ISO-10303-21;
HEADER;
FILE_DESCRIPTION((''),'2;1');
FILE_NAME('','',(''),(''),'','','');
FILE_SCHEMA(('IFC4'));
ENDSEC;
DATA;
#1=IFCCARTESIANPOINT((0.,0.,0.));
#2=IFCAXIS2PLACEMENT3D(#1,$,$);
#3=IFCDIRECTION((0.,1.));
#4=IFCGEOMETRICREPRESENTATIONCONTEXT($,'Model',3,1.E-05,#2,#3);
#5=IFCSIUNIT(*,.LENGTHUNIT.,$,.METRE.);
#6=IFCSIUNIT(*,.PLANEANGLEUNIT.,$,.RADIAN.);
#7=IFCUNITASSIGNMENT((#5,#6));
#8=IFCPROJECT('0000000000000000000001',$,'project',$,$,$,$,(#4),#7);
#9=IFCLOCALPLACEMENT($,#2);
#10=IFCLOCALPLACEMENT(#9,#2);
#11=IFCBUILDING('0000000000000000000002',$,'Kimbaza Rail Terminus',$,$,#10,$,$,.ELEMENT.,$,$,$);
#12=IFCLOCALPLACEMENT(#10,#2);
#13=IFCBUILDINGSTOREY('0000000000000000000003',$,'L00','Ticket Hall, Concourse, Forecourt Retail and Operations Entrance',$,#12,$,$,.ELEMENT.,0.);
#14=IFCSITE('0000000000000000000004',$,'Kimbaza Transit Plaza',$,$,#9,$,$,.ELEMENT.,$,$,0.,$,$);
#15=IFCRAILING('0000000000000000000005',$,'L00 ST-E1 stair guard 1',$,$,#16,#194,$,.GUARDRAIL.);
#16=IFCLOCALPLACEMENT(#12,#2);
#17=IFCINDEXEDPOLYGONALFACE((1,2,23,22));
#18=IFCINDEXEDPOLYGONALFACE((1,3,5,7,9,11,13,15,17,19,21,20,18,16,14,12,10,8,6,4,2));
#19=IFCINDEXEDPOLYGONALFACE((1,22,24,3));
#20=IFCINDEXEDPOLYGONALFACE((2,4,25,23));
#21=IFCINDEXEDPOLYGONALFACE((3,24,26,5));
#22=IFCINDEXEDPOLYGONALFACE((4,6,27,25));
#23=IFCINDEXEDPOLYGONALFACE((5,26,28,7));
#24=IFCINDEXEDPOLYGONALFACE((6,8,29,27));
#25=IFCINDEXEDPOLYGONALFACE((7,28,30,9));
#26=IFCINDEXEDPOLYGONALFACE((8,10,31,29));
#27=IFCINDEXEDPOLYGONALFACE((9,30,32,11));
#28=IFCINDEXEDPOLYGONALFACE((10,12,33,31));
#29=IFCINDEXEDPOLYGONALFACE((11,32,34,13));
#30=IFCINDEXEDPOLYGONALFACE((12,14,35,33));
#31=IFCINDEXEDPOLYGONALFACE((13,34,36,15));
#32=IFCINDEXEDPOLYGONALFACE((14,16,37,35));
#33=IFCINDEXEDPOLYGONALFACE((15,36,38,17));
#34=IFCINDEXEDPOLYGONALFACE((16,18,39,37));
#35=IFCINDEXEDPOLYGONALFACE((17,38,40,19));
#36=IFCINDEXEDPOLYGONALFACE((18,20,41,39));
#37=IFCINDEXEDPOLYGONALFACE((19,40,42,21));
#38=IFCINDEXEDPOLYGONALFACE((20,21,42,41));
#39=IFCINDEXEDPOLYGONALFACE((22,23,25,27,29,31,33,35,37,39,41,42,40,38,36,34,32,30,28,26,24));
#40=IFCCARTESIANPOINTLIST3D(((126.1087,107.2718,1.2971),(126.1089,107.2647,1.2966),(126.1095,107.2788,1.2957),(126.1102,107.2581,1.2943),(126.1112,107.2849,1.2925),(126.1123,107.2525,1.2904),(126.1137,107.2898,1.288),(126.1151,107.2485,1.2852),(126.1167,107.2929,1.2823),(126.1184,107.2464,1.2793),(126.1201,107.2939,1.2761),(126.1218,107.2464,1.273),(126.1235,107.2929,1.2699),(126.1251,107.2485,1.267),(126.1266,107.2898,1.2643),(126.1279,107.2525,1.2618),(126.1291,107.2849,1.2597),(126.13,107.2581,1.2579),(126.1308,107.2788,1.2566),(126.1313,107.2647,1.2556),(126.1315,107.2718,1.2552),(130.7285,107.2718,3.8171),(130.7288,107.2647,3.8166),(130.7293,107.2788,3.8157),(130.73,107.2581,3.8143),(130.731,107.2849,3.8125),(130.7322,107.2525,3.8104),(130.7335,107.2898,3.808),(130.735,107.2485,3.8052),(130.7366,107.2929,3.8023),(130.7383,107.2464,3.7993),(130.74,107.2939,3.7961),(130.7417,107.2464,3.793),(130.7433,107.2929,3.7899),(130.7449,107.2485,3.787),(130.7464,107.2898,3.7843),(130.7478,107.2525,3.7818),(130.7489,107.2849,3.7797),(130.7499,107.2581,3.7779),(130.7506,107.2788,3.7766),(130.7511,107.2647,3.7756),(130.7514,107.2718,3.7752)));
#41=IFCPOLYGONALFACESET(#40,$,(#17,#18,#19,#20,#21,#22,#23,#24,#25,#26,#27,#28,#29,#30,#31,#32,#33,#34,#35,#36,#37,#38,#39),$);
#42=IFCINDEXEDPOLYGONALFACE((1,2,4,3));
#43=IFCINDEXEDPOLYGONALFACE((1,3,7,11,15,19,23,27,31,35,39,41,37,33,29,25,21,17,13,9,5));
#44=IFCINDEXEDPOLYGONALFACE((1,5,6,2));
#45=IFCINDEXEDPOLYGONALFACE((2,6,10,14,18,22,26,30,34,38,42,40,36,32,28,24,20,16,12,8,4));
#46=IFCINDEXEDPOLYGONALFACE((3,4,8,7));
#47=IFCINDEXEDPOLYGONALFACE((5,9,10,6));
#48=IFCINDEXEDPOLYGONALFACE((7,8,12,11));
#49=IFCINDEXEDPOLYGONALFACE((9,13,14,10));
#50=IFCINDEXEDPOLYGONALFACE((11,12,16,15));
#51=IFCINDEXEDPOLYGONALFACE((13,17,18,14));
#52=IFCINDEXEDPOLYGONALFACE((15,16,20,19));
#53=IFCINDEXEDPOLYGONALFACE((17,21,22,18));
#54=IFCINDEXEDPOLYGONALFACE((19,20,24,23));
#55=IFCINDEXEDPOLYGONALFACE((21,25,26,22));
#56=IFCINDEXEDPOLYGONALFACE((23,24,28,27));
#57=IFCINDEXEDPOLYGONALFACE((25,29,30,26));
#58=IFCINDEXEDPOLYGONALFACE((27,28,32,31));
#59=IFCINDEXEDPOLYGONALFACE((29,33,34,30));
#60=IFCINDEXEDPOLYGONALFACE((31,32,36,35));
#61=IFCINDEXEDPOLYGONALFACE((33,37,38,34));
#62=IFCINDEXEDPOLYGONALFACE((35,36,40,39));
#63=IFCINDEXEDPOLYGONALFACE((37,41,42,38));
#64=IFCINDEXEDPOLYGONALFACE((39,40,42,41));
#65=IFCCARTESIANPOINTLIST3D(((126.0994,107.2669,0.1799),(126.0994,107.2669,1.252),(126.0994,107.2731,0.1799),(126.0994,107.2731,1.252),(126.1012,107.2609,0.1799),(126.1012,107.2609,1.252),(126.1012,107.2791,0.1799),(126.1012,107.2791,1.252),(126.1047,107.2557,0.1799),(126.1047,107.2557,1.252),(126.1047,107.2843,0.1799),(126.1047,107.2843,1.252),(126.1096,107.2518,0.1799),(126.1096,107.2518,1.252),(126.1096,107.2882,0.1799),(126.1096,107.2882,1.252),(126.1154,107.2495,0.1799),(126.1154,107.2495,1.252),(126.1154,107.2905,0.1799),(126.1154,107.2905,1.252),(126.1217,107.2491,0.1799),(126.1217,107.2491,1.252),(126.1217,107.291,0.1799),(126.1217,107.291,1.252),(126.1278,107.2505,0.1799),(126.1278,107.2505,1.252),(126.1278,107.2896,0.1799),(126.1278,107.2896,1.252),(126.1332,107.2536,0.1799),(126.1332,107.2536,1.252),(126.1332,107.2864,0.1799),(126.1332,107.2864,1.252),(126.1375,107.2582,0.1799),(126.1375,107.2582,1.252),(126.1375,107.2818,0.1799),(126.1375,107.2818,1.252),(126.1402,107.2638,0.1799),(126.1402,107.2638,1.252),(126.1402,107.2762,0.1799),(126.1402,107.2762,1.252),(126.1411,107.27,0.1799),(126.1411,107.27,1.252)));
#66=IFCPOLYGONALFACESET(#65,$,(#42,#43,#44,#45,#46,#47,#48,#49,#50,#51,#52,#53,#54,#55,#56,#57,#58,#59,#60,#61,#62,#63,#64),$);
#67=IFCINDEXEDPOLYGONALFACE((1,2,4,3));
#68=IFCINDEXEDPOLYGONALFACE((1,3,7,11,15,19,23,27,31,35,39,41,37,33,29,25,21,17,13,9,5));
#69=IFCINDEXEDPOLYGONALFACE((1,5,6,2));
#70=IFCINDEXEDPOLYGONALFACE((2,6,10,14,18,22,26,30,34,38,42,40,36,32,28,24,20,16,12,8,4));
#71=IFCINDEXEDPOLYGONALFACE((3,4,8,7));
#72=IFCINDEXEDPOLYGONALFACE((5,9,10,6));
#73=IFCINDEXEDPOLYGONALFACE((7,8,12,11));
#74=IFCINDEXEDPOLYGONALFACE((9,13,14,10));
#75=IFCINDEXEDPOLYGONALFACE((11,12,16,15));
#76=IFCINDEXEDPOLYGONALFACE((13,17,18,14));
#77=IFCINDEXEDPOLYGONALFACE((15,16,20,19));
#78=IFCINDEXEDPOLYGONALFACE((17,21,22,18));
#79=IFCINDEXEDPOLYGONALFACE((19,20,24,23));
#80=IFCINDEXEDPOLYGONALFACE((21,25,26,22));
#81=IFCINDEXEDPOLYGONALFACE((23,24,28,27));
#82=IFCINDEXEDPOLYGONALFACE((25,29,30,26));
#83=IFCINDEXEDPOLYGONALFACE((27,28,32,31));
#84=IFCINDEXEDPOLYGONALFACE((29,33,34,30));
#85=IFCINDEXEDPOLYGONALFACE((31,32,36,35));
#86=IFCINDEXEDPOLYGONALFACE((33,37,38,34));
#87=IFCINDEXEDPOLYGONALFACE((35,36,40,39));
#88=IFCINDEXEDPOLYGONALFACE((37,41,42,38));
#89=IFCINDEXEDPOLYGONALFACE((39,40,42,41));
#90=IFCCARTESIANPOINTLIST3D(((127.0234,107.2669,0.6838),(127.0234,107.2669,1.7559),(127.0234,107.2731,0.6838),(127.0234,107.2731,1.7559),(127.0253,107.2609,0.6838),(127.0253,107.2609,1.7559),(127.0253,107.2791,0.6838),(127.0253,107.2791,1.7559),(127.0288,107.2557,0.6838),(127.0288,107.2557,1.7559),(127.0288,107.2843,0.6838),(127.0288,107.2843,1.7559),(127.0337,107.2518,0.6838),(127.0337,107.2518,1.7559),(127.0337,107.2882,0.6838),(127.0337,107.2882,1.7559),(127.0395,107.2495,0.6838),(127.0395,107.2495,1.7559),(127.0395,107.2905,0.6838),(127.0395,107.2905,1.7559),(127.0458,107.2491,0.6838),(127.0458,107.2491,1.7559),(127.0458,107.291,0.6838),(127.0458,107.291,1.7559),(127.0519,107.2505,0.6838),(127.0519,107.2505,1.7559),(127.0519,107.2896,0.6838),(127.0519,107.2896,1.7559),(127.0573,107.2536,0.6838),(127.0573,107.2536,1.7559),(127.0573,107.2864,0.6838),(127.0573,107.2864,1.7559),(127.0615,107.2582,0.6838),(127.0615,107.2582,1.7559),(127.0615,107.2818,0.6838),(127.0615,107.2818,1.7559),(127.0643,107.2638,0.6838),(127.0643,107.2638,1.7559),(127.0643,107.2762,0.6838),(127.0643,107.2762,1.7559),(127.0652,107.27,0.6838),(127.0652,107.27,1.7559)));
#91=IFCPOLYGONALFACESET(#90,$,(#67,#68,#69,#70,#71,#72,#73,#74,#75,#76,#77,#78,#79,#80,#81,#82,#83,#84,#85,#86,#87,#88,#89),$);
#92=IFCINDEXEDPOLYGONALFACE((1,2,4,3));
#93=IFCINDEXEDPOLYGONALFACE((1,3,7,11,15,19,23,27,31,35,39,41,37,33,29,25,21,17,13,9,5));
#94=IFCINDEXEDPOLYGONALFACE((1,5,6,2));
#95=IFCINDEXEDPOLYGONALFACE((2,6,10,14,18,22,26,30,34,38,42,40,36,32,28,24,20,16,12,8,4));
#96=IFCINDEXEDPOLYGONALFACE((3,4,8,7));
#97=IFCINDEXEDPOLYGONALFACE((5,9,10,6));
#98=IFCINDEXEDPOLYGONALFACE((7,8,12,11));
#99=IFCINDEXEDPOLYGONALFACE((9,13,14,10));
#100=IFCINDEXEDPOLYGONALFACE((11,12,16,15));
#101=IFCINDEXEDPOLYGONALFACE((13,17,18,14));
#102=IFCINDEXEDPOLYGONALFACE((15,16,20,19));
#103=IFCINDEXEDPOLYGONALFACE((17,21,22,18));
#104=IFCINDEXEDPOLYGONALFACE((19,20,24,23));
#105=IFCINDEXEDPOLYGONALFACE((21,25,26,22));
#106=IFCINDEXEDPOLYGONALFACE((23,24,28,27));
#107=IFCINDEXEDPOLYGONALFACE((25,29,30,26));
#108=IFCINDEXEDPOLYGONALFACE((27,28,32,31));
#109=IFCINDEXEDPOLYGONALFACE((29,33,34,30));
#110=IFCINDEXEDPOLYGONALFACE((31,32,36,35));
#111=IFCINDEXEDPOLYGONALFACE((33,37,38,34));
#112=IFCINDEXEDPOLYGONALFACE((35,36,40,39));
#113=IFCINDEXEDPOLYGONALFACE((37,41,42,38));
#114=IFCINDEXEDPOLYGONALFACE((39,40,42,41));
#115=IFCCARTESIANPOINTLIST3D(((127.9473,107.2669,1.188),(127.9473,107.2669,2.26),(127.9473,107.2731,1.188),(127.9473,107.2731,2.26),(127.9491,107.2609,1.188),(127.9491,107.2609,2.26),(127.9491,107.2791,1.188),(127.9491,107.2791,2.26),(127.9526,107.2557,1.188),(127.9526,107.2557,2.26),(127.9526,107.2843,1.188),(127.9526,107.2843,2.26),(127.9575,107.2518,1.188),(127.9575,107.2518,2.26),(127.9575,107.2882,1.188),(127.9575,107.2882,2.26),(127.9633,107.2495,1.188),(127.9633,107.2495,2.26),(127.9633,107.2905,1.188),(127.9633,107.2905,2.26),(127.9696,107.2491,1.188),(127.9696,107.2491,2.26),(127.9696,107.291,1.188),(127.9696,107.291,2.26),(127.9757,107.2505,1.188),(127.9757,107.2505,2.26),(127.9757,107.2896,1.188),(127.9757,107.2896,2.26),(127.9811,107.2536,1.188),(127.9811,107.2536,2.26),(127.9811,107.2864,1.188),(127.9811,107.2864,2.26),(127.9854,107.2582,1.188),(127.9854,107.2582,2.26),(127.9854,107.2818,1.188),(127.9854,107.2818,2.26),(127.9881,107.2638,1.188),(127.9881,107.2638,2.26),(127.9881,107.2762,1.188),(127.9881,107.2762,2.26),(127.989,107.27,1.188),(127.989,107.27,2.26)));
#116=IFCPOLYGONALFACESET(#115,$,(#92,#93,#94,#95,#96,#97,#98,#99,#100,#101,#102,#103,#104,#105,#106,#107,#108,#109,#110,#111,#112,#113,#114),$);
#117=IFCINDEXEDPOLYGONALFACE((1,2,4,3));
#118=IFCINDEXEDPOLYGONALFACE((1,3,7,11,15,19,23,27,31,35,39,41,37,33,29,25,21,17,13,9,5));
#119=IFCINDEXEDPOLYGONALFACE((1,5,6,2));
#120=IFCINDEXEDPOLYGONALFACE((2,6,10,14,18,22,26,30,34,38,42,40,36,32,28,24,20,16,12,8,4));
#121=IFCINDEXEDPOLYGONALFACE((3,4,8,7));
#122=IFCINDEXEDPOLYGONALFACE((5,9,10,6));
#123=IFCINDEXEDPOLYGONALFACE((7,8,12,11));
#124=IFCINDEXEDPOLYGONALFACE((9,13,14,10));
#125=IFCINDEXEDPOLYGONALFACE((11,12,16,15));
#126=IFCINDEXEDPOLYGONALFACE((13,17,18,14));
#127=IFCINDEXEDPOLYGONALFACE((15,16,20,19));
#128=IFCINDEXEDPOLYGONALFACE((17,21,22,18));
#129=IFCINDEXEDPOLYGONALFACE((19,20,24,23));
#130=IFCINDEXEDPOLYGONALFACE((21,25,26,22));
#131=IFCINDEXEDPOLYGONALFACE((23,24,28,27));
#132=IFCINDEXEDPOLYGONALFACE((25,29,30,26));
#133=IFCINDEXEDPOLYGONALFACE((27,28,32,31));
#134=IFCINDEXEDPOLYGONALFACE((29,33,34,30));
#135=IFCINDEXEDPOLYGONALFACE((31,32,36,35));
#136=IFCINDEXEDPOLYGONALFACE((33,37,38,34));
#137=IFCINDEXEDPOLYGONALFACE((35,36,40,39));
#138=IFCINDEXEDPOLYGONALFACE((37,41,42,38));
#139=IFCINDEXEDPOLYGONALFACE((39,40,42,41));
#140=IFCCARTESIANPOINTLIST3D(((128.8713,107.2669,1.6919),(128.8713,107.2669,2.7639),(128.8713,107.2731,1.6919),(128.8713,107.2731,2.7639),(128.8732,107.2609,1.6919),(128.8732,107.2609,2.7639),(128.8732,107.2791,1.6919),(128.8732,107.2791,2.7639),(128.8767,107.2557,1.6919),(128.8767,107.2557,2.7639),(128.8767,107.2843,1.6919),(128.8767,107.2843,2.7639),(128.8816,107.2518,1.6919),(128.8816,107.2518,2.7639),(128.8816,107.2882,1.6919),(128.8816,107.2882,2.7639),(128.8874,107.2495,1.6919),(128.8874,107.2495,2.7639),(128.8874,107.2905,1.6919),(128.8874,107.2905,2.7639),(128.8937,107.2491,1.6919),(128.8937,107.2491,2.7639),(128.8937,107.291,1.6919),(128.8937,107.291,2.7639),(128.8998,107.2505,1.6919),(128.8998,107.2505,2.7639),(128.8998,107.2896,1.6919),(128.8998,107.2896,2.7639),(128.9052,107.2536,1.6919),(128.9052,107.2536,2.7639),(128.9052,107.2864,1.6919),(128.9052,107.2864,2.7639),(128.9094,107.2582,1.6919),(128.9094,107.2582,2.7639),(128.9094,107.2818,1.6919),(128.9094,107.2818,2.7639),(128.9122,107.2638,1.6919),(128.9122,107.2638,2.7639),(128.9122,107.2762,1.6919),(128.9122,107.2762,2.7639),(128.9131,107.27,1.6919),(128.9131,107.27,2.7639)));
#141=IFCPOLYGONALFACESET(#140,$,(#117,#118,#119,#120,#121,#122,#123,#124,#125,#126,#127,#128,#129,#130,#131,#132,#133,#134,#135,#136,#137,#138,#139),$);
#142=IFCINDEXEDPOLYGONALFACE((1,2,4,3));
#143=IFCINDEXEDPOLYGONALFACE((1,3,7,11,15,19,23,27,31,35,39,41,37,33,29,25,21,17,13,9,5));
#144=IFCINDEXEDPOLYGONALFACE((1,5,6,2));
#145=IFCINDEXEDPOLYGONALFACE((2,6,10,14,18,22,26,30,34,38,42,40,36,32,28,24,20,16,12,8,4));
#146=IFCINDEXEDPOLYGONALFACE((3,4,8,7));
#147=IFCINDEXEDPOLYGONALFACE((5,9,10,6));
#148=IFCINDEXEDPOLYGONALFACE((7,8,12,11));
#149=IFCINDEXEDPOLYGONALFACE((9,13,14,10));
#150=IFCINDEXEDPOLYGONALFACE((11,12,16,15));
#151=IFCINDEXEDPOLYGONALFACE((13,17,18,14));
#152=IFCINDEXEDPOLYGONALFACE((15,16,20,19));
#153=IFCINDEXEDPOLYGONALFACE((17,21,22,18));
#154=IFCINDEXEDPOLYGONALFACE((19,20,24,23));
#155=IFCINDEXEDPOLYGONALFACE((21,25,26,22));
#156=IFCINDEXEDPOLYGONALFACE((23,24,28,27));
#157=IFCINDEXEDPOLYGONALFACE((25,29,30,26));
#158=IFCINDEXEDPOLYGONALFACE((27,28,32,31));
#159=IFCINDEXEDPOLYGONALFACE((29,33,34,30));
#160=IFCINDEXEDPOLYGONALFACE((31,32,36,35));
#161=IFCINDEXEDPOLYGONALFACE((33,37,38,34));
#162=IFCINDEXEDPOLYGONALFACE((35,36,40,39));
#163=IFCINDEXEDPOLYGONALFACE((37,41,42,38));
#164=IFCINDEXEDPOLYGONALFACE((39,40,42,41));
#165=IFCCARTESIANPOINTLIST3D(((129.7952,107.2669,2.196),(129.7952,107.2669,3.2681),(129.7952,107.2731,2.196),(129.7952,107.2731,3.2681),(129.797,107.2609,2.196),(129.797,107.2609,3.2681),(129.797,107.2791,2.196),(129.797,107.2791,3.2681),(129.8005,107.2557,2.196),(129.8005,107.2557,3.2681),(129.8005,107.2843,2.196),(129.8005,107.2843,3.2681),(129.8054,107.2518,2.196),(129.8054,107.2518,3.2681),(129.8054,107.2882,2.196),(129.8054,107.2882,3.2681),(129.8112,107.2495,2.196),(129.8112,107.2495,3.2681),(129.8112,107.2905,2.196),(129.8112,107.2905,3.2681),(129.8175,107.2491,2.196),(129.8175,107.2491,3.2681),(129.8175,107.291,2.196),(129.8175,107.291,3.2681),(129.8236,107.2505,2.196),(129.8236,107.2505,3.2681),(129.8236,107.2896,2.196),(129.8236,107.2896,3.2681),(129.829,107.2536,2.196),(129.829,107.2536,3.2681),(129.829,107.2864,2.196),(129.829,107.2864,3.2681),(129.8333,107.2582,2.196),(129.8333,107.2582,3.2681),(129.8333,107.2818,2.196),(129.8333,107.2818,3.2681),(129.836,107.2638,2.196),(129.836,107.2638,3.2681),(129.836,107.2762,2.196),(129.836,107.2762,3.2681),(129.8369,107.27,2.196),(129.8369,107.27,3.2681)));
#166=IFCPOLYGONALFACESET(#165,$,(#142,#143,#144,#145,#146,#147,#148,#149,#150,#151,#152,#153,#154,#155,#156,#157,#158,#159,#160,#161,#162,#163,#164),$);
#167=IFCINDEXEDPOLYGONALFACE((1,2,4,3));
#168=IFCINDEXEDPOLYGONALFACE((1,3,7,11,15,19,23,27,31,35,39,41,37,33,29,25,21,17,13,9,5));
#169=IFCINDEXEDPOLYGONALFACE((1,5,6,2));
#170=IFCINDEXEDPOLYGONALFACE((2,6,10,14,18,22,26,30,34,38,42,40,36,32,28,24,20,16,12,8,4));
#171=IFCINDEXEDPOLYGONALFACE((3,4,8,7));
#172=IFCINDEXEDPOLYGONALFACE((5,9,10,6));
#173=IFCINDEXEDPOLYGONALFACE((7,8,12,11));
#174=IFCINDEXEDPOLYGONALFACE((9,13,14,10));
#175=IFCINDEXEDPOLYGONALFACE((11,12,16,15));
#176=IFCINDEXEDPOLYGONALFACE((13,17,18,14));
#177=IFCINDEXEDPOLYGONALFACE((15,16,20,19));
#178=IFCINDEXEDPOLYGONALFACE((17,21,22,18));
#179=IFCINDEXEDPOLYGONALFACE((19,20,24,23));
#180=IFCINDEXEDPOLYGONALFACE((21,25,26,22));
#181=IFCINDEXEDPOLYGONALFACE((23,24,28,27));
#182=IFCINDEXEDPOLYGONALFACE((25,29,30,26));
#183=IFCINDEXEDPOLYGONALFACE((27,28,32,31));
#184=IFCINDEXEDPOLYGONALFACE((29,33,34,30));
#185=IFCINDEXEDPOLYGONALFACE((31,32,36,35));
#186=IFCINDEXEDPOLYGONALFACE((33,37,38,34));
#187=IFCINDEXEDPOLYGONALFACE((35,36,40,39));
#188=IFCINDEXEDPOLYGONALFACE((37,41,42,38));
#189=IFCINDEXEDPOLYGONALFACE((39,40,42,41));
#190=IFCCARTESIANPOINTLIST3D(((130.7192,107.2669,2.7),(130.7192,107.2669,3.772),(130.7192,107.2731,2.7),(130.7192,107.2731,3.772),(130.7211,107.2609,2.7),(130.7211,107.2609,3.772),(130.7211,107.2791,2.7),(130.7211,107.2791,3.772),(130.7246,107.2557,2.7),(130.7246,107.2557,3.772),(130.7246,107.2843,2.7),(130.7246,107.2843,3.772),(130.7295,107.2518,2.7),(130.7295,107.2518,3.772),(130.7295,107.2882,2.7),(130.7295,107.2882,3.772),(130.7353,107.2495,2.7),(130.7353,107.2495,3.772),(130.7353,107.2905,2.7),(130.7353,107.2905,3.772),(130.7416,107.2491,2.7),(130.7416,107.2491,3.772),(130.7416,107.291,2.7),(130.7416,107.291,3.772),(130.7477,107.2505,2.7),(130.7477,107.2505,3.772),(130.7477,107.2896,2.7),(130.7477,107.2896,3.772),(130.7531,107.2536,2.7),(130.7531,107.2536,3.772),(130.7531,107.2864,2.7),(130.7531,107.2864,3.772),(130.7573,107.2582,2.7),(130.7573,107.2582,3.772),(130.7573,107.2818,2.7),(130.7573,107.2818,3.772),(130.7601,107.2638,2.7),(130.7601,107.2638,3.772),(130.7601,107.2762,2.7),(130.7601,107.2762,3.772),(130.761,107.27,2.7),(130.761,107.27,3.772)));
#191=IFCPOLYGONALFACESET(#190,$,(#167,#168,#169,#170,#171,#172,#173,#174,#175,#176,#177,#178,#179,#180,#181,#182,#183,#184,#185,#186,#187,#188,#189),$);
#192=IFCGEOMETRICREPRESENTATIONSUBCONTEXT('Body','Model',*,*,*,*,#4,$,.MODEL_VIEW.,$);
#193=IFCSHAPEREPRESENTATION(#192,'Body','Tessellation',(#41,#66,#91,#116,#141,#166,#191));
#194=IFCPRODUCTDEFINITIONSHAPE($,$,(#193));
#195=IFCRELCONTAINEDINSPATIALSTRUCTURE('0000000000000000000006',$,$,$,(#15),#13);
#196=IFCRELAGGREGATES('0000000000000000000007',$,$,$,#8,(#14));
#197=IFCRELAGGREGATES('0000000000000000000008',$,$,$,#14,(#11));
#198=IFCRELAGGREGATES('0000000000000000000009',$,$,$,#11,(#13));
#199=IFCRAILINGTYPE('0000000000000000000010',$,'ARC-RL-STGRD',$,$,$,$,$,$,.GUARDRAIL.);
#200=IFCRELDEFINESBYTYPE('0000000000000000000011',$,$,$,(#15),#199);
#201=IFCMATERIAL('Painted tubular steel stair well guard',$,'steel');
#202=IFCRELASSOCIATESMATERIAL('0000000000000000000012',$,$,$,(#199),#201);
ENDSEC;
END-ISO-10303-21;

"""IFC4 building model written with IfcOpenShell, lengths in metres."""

from ifc_helpers import new_model, si_unit, direction, frame, origin, origin_2d, place, context, subcontext, project, spatial, circle, extrude, material, type_object, element, save


model = new_model("IFC4")

# Units and contexts
model_context = context("Model", 3, precision=1e-05, world=origin(), true_north=direction((0.0, 1.0)))
body_context = subcontext(model_context, "Body", "Model", "MODEL_VIEW")
ifc_project = project(units=[si_unit("LENGTHUNIT", "METRE"), si_unit("PLANEANGLEUNIT", "RADIAN")], contexts=[model_context])

# Site, building, storey
site_placement = place(None, origin())
site = spatial("IfcSite", under=ifc_project, at=site_placement, Name="Kimbaza Transit Plaza", CompositionType="ELEMENT", RefElevation=0.0)
building_placement = place(site_placement, origin())
building = spatial("IfcBuilding", under=site, at=building_placement, Name="Kimbaza Rail Terminus", CompositionType="ELEMENT")
storey_placement = place(building_placement, origin())
storey = spatial("IfcBuildingStorey", under=building, at=storey_placement, Name="L00", Description="Ticket Hall, Concourse, Forecourt Retail and Operations Entrance", CompositionType="ELEMENT", Elevation=0.0)

# Railing
ifc_material_1 = material(Name="Painted tubular steel stair well guard", Category="steel")
railing_type_1 = type_object("IfcRailingType", Name="ARC-RL-STGRD", PredefinedType="GUARDRAIL", material=ifc_material_1)
railing_1_placement = place(storey_placement, frame((126.1201, 107.27, 0.1799)))
element("IfcRailing", 1, at=railing_1_placement, inside=storey, type_object=railing_type_1, Name="L00 ST-E1 stair guard 1", PredefinedType="GUARDRAIL", context=body_context, shape_type="SweptSolid", body=[
    extrude(circle(Radius=0.0239, at=origin_2d()), frame((0.0, 0.0, 1.0962), z_axis=(0.877888, 0.0, 0.478865), x_axis=(0.0, 1.0, 0.0)), (0.0, 0.0, 1.0), 5.2625),
    extrude(circle(Radius=0.021, at=origin_2d()), origin(), (0.0, 0.0, 1.0), 1.072),
    extrude(circle(Radius=0.021, at=origin_2d()), frame((0.9241, 0.0, 0.5039)), (0.0, 0.0, 1.0), 1.072),
    extrude(circle(Radius=0.021, at=origin_2d()), frame((1.8479, 0.0, 1.0081)), (0.0, 0.0, 1.0), 1.072),
    extrude(circle(Radius=0.021, at=origin_2d()), frame((2.772, 0.0, 1.512)), (0.0, 0.0, 1.0), 1.072),
    extrude(circle(Radius=0.021, at=origin_2d()), frame((3.6958, 0.0, 2.0161)), (0.0, 0.0, 1.0), 1.072),
    extrude(circle(Radius=0.021, at=origin_2d()), frame((4.6199, 0.0, 2.52)), (0.0, 0.0, 1.0), 1.072),
])

save(model, "model.ifc")
